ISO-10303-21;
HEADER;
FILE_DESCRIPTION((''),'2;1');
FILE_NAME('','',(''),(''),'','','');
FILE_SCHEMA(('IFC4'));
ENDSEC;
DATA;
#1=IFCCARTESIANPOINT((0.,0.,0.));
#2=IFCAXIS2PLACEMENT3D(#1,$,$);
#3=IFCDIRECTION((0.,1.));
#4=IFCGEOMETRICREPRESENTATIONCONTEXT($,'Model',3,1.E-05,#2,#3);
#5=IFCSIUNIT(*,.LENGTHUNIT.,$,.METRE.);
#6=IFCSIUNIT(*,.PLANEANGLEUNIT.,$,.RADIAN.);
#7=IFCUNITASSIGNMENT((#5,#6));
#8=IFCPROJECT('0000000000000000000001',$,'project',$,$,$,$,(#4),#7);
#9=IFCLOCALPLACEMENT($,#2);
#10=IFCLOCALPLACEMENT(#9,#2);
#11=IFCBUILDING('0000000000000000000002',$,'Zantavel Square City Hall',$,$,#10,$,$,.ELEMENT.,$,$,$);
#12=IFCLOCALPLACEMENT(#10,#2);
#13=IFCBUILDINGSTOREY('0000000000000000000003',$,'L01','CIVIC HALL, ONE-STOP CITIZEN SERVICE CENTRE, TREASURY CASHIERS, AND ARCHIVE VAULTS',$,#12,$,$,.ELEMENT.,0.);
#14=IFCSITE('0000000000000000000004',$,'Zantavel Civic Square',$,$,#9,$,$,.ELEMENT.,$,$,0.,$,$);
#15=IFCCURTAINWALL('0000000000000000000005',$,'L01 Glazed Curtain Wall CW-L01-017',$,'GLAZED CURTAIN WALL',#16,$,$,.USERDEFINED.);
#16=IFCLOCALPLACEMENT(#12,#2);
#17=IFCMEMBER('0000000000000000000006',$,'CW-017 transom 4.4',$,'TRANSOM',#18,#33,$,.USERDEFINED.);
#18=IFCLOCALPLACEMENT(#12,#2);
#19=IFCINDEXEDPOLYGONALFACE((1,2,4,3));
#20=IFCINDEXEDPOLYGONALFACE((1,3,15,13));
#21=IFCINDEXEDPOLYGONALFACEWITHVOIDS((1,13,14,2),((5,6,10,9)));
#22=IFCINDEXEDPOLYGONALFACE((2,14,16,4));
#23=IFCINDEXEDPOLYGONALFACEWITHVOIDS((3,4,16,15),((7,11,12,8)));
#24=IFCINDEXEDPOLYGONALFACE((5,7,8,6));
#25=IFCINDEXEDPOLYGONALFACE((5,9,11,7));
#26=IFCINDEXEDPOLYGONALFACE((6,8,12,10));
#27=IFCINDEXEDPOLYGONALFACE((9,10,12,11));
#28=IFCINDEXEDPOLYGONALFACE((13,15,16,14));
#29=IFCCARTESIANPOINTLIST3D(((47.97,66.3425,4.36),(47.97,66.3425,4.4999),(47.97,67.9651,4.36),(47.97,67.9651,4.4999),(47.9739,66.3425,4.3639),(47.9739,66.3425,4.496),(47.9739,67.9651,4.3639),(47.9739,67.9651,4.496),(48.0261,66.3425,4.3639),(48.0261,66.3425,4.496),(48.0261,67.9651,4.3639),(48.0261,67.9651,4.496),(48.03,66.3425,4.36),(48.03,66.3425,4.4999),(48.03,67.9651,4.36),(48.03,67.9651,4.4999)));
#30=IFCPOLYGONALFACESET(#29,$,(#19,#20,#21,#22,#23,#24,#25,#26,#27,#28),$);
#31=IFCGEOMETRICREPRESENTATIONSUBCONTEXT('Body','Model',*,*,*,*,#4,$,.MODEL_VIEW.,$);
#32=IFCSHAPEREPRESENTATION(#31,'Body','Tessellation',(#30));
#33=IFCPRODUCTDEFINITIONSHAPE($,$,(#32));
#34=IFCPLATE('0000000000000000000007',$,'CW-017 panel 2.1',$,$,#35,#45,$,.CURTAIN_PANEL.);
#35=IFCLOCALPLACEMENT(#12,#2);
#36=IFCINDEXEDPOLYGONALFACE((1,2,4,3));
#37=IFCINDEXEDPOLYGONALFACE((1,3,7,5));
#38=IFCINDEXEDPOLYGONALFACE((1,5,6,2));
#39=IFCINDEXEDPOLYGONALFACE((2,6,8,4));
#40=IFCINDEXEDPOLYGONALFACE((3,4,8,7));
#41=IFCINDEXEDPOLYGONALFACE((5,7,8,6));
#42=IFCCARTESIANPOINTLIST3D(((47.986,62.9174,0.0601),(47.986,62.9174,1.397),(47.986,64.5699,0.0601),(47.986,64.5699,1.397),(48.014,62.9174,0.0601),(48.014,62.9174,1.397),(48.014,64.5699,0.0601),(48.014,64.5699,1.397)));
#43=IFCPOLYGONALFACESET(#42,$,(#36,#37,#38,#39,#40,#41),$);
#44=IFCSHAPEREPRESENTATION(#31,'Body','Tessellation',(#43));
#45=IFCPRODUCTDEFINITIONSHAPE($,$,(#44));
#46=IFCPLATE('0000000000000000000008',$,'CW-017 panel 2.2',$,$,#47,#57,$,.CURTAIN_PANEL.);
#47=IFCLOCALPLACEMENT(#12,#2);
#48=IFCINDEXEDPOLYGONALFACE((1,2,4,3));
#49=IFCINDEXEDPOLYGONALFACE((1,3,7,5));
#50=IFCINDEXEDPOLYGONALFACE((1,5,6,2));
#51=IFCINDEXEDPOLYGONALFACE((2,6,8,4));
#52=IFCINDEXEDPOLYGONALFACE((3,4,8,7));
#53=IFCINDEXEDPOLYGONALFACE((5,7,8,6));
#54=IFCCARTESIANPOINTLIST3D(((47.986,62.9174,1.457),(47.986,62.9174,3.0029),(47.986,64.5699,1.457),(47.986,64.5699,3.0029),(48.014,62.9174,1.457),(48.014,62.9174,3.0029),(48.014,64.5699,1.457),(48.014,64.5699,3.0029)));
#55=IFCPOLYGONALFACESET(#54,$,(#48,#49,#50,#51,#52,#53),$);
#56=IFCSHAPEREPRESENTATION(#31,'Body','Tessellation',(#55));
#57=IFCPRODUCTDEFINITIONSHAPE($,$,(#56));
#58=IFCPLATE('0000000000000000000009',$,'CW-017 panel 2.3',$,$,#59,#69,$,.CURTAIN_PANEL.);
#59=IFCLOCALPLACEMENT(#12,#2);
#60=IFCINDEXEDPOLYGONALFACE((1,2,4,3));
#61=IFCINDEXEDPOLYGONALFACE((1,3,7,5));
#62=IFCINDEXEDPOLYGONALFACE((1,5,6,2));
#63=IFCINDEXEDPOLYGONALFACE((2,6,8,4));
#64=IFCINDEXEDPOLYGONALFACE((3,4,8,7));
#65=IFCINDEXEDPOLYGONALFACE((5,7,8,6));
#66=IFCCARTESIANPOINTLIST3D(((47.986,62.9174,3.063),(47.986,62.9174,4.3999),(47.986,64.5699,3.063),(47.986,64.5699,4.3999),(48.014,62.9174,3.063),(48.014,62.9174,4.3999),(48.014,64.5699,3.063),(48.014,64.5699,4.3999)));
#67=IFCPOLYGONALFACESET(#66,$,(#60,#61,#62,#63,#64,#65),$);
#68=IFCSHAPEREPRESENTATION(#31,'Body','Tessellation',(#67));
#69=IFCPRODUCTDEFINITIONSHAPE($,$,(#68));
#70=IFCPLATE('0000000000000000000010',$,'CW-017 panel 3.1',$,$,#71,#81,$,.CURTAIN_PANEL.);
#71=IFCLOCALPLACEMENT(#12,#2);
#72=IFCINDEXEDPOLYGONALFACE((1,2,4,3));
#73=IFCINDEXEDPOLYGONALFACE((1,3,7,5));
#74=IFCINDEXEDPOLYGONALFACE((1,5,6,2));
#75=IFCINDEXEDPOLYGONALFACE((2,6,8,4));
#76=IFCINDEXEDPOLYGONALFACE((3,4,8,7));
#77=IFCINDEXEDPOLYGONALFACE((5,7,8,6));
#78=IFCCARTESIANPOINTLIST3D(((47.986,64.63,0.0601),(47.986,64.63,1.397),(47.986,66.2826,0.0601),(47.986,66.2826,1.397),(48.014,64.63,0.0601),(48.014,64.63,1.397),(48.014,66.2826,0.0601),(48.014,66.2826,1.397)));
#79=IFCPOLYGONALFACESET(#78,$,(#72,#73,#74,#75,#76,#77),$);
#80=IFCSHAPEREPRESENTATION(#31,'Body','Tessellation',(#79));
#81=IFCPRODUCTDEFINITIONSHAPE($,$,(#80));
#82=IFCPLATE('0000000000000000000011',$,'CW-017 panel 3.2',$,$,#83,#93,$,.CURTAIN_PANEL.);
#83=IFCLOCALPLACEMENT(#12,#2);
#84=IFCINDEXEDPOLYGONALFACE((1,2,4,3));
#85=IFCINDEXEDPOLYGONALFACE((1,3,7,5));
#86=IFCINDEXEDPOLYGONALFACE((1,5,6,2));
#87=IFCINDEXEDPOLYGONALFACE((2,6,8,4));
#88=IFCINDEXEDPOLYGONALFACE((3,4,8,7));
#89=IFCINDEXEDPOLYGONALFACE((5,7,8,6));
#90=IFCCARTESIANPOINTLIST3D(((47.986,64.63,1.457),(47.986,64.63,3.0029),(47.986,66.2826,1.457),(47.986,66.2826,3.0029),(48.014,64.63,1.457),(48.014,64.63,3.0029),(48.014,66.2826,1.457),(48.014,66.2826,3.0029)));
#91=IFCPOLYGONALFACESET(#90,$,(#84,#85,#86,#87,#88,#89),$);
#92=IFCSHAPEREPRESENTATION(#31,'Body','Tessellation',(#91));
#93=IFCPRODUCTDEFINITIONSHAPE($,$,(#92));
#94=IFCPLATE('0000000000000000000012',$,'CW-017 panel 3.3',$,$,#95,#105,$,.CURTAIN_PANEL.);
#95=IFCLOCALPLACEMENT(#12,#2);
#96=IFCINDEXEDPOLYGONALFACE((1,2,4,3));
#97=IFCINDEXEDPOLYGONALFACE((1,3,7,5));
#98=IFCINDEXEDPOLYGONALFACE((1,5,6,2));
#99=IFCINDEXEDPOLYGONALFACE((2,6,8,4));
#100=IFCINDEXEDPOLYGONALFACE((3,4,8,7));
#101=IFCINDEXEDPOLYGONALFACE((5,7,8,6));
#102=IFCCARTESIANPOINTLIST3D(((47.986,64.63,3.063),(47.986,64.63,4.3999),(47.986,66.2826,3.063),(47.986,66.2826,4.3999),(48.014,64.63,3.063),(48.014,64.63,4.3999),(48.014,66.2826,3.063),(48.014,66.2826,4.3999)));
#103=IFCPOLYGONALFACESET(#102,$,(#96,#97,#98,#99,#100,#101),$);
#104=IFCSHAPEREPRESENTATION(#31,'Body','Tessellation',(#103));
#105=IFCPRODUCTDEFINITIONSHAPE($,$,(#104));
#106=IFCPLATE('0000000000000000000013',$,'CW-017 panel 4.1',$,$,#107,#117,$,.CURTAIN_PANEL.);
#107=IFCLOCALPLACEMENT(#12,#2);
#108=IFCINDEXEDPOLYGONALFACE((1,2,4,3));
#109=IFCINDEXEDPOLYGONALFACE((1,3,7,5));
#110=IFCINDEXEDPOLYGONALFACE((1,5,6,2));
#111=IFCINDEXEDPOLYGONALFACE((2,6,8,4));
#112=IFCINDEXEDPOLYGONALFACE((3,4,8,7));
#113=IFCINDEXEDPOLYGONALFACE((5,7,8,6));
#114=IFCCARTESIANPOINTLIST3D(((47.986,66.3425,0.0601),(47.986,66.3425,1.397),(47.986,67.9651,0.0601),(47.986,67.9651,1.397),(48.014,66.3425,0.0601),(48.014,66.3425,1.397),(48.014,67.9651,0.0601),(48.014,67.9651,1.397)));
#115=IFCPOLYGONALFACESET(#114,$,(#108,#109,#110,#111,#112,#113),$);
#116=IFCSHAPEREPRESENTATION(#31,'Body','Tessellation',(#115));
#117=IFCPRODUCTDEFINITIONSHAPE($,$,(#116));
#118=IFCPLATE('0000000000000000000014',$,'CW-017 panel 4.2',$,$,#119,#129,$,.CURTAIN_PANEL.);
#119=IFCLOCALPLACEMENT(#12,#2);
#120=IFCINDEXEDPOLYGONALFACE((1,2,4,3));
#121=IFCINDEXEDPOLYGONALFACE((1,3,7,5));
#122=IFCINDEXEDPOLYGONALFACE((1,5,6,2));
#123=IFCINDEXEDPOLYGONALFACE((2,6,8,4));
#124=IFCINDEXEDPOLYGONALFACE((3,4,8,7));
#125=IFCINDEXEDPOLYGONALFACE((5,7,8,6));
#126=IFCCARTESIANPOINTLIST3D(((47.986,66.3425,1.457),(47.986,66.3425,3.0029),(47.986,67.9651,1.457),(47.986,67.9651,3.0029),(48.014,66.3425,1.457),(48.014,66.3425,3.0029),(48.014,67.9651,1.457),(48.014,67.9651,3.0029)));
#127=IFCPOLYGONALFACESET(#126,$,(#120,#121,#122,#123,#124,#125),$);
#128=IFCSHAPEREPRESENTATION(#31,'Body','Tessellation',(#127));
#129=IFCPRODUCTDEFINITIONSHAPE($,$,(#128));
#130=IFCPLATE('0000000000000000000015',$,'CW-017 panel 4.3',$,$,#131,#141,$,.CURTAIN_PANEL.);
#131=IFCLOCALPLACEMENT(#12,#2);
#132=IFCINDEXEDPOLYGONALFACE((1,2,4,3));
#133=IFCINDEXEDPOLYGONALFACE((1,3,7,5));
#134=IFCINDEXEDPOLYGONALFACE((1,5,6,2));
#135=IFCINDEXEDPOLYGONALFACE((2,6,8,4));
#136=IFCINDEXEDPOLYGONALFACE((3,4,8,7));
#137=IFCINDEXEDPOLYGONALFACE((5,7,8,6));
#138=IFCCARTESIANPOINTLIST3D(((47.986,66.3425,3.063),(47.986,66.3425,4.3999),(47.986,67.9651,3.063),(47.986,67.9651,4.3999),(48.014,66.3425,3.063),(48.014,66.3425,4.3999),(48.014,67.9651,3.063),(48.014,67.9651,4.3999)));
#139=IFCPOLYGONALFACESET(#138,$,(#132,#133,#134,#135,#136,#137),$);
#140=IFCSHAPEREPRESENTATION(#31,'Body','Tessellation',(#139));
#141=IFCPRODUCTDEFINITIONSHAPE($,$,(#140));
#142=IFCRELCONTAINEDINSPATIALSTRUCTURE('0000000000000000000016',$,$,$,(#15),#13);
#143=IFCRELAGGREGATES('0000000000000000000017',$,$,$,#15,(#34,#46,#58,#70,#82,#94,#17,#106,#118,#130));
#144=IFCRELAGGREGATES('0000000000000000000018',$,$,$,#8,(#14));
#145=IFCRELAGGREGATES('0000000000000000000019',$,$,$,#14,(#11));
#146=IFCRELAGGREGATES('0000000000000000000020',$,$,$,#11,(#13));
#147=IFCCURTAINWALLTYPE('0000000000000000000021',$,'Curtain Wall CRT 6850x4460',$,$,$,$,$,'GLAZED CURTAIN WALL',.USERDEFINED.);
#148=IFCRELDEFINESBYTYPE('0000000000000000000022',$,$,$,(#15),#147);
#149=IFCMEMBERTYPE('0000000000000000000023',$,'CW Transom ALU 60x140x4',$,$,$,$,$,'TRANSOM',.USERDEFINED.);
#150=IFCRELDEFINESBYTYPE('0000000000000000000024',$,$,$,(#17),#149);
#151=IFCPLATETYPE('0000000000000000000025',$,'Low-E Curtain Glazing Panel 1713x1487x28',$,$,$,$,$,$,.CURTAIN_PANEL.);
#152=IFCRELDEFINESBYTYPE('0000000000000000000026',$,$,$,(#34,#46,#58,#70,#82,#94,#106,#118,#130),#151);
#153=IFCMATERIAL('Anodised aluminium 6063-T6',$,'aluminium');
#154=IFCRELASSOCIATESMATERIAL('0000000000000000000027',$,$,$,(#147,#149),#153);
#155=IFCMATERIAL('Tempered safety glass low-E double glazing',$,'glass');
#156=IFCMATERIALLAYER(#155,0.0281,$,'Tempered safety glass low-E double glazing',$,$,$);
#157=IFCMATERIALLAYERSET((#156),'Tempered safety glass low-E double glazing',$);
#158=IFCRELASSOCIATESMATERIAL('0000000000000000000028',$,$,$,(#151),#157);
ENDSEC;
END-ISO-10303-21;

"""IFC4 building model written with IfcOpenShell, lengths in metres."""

from ifc_helpers import new_model, si_unit, direction, frame, origin, origin_2d, place, context, subcontext, project, spatial, rectangle, hollow_rectangle, extrude, material, layer, layer_set, material_profile, profile_set, type_object, element, aggregate, save


model = new_model("IFC4")

# Units and contexts
model_context = context("Model", 3, precision=1e-05, world=origin(), true_north=direction((0.0, 1.0)))
body_context = subcontext(model_context, "Body", "Model", "MODEL_VIEW")
ifc_project = project(units=[si_unit("LENGTHUNIT", "METRE"), si_unit("PLANEANGLEUNIT", "RADIAN")], contexts=[model_context])

# Site, building, storey
site_placement = place(None, origin())
site = spatial("IfcSite", under=ifc_project, at=site_placement, Name="Zantavel Civic Square", CompositionType="ELEMENT", RefElevation=0.0)
building_placement = place(site_placement, origin())
building = spatial("IfcBuilding", under=site, at=building_placement, Name="Zantavel Square City Hall", CompositionType="ELEMENT")
storey_placement = place(building_placement, origin())
storey = spatial("IfcBuildingStorey", under=building, at=storey_placement, Name="L01", Description="CIVIC HALL, ONE-STOP CITIZEN SERVICE CENTRE, TREASURY CASHIERS, AND ARCHIVE VAULTS", CompositionType="ELEMENT", Elevation=0.0)

# Curtain wall, member, plates
ifc_material_1 = material(Name="Anodised aluminium 6063-T6", Category="aluminium")
curtain_wall_type = type_object("IfcCurtainWallType", Name="Curtain Wall CRT 6850x4460", ElementType="GLAZED CURTAIN WALL", PredefinedType="USERDEFINED", material=ifc_material_1)
curtain_wall_placement = place(storey_placement, origin())
curtain_wall = element("IfcCurtainWall", 1, at=curtain_wall_placement, inside=storey, type_object=curtain_wall_type, Name="L01 Glazed Curtain Wall CW-L01-017", ObjectType="GLAZED CURTAIN WALL", PredefinedType="USERDEFINED")
ifc_material_profile_1 = material_profile(ifc_material_1, hollow_rectangle(XDim=0.0601, YDim=0.1399, WallThickness=0.0039, at=origin_2d()), Name="ALU 60x140x4")
ifc_profile_set_1 = profile_set([ifc_material_profile_1], Name="Anodised aluminium 6063-T6")
member_type_1 = type_object("IfcMemberType", Name="CW Transom ALU 60x140x4", ElementType="TRANSOM", PredefinedType="USERDEFINED", material=ifc_profile_set_1)
member_1_placement = place(storey_placement, frame((48.0, 66.3425, 4.4299), z_axis=(0.0, 1.0, 0.0), x_axis=(-1.0, 0.0, 0.0)))
member_1 = element("IfcMember", 2, at=member_1_placement, type_object=member_type_1, Name="CW-017 transom 4.4", ObjectType="TRANSOM", PredefinedType="USERDEFINED", context=body_context, shape_type="SweptSolid", body=[
    extrude(hollow_rectangle(XDim=0.0601, YDim=0.1399, WallThickness=0.0039, at=origin_2d()), origin(), (0.0, 0.0, 1.0), 1.6226),
])
ifc_material_2 = material(Name="Tempered safety glass low-E double glazing", Category="glass")
ifc_layer = layer(ifc_material_2, 0.0281, Name="Tempered safety glass low-E double glazing")
ifc_layer_set = layer_set([ifc_layer], Name="Tempered safety glass low-E double glazing")
plate_type = type_object("IfcPlateType", Name="Low-E Curtain Glazing Panel 1713x1487x28", PredefinedType="CURTAIN_PANEL", material=ifc_layer_set)
plate_1_placement = place(storey_placement, frame((48.0, 63.7437, 0.0601), z_axis=(0.0, 0.0, 1.0), x_axis=(0.0, 1.0, 0.0)))
plate_1 = element("IfcPlate", 3, at=plate_1_placement, type_object=plate_type, Name="CW-017 panel 2.1", PredefinedType="CURTAIN_PANEL", context=body_context, shape_type="SweptSolid", body=[
    extrude(rectangle(XDim=1.6526, YDim=0.0281, at=origin_2d()), origin(), (0.0, 0.0, 1.0), 1.3369),
])
plate_2_placement = place(storey_placement, frame((48.0, 63.7437, 1.457), z_axis=(0.0, 0.0, 1.0), x_axis=(0.0, 1.0, 0.0)))
plate_2 = element("IfcPlate", 4, at=plate_2_placement, type_object=plate_type, Name="CW-017 panel 2.2", PredefinedType="CURTAIN_PANEL", context=body_context, shape_type="SweptSolid", body=[
    extrude(rectangle(XDim=1.6526, YDim=0.0281, at=origin_2d()), origin(), (0.0, 0.0, 1.0), 1.5459),
])
plate_3_placement = place(storey_placement, frame((48.0, 63.7437, 3.063), z_axis=(0.0, 0.0, 1.0), x_axis=(0.0, 1.0, 0.0)))
plate_3 = element("IfcPlate", 5, at=plate_3_placement, type_object=plate_type, Name="CW-017 panel 2.3", PredefinedType="CURTAIN_PANEL", context=body_context, shape_type="SweptSolid", body=[
    extrude(rectangle(XDim=1.6526, YDim=0.0281, at=origin_2d()), origin(), (0.0, 0.0, 1.0), 1.3369),
])
plate_4_placement = place(storey_placement, frame((48.0, 65.4563, 0.0601), z_axis=(0.0, 0.0, 1.0), x_axis=(0.0, 1.0, 0.0)))
plate_4 = element("IfcPlate", 6, at=plate_4_placement, type_object=plate_type, Name="CW-017 panel 3.1", PredefinedType="CURTAIN_PANEL", context=body_context, shape_type="SweptSolid", body=[
    extrude(rectangle(XDim=1.6526, YDim=0.0281, at=origin_2d()), origin(), (0.0, 0.0, 1.0), 1.3369),
])
plate_5_placement = place(storey_placement, frame((48.0, 65.4563, 1.457), z_axis=(0.0, 0.0, 1.0), x_axis=(0.0, 1.0, 0.0)))
plate_5 = element("IfcPlate", 7, at=plate_5_placement, type_object=plate_type, Name="CW-017 panel 3.2", PredefinedType="CURTAIN_PANEL", context=body_context, shape_type="SweptSolid", body=[
    extrude(rectangle(XDim=1.6526, YDim=0.0281, at=origin_2d()), origin(), (0.0, 0.0, 1.0), 1.5459),
])
plate_6_placement = place(storey_placement, frame((48.0, 65.4563, 3.063), z_axis=(0.0, 0.0, 1.0), x_axis=(0.0, 1.0, 0.0)))
plate_6 = element("IfcPlate", 8, at=plate_6_placement, type_object=plate_type, Name="CW-017 panel 3.3", PredefinedType="CURTAIN_PANEL", context=body_context, shape_type="SweptSolid", body=[
    extrude(rectangle(XDim=1.6526, YDim=0.0281, at=origin_2d()), origin(), (0.0, 0.0, 1.0), 1.3369),
])
plate_7_placement = place(storey_placement, frame((48.0, 67.1538, 0.0601), z_axis=(0.0, 0.0, 1.0), x_axis=(0.0, 1.0, 0.0)))
plate_7 = element("IfcPlate", 9, at=plate_7_placement, type_object=plate_type, Name="CW-017 panel 4.1", PredefinedType="CURTAIN_PANEL", context=body_context, shape_type="SweptSolid", body=[
    extrude(rectangle(XDim=1.6226, YDim=0.0281, at=origin_2d()), origin(), (0.0, 0.0, 1.0), 1.3369),
])
plate_8_placement = place(storey_placement, frame((48.0, 67.1538, 1.457), z_axis=(0.0, 0.0, 1.0), x_axis=(0.0, 1.0, 0.0)))
plate_8 = element("IfcPlate", 10, at=plate_8_placement, type_object=plate_type, Name="CW-017 panel 4.2", PredefinedType="CURTAIN_PANEL", context=body_context, shape_type="SweptSolid", body=[
    extrude(rectangle(XDim=1.6226, YDim=0.0281, at=origin_2d()), origin(), (0.0, 0.0, 1.0), 1.5459),
])
plate_9_placement = place(storey_placement, frame((48.0, 67.1538, 3.063), z_axis=(0.0, 0.0, 1.0), x_axis=(0.0, 1.0, 0.0)))
plate_9 = element("IfcPlate", 11, at=plate_9_placement, type_object=plate_type, Name="CW-017 panel 4.3", PredefinedType="CURTAIN_PANEL", context=body_context, shape_type="SweptSolid", body=[
    extrude(rectangle(XDim=1.6226, YDim=0.0281, at=origin_2d()), origin(), (0.0, 0.0, 1.0), 1.3369),
])
aggregate(curtain_wall, [plate_1, plate_2, plate_3, plate_4, plate_5, plate_6, member_1, plate_7, plate_8, plate_9])

save(model, "model.ifc")
